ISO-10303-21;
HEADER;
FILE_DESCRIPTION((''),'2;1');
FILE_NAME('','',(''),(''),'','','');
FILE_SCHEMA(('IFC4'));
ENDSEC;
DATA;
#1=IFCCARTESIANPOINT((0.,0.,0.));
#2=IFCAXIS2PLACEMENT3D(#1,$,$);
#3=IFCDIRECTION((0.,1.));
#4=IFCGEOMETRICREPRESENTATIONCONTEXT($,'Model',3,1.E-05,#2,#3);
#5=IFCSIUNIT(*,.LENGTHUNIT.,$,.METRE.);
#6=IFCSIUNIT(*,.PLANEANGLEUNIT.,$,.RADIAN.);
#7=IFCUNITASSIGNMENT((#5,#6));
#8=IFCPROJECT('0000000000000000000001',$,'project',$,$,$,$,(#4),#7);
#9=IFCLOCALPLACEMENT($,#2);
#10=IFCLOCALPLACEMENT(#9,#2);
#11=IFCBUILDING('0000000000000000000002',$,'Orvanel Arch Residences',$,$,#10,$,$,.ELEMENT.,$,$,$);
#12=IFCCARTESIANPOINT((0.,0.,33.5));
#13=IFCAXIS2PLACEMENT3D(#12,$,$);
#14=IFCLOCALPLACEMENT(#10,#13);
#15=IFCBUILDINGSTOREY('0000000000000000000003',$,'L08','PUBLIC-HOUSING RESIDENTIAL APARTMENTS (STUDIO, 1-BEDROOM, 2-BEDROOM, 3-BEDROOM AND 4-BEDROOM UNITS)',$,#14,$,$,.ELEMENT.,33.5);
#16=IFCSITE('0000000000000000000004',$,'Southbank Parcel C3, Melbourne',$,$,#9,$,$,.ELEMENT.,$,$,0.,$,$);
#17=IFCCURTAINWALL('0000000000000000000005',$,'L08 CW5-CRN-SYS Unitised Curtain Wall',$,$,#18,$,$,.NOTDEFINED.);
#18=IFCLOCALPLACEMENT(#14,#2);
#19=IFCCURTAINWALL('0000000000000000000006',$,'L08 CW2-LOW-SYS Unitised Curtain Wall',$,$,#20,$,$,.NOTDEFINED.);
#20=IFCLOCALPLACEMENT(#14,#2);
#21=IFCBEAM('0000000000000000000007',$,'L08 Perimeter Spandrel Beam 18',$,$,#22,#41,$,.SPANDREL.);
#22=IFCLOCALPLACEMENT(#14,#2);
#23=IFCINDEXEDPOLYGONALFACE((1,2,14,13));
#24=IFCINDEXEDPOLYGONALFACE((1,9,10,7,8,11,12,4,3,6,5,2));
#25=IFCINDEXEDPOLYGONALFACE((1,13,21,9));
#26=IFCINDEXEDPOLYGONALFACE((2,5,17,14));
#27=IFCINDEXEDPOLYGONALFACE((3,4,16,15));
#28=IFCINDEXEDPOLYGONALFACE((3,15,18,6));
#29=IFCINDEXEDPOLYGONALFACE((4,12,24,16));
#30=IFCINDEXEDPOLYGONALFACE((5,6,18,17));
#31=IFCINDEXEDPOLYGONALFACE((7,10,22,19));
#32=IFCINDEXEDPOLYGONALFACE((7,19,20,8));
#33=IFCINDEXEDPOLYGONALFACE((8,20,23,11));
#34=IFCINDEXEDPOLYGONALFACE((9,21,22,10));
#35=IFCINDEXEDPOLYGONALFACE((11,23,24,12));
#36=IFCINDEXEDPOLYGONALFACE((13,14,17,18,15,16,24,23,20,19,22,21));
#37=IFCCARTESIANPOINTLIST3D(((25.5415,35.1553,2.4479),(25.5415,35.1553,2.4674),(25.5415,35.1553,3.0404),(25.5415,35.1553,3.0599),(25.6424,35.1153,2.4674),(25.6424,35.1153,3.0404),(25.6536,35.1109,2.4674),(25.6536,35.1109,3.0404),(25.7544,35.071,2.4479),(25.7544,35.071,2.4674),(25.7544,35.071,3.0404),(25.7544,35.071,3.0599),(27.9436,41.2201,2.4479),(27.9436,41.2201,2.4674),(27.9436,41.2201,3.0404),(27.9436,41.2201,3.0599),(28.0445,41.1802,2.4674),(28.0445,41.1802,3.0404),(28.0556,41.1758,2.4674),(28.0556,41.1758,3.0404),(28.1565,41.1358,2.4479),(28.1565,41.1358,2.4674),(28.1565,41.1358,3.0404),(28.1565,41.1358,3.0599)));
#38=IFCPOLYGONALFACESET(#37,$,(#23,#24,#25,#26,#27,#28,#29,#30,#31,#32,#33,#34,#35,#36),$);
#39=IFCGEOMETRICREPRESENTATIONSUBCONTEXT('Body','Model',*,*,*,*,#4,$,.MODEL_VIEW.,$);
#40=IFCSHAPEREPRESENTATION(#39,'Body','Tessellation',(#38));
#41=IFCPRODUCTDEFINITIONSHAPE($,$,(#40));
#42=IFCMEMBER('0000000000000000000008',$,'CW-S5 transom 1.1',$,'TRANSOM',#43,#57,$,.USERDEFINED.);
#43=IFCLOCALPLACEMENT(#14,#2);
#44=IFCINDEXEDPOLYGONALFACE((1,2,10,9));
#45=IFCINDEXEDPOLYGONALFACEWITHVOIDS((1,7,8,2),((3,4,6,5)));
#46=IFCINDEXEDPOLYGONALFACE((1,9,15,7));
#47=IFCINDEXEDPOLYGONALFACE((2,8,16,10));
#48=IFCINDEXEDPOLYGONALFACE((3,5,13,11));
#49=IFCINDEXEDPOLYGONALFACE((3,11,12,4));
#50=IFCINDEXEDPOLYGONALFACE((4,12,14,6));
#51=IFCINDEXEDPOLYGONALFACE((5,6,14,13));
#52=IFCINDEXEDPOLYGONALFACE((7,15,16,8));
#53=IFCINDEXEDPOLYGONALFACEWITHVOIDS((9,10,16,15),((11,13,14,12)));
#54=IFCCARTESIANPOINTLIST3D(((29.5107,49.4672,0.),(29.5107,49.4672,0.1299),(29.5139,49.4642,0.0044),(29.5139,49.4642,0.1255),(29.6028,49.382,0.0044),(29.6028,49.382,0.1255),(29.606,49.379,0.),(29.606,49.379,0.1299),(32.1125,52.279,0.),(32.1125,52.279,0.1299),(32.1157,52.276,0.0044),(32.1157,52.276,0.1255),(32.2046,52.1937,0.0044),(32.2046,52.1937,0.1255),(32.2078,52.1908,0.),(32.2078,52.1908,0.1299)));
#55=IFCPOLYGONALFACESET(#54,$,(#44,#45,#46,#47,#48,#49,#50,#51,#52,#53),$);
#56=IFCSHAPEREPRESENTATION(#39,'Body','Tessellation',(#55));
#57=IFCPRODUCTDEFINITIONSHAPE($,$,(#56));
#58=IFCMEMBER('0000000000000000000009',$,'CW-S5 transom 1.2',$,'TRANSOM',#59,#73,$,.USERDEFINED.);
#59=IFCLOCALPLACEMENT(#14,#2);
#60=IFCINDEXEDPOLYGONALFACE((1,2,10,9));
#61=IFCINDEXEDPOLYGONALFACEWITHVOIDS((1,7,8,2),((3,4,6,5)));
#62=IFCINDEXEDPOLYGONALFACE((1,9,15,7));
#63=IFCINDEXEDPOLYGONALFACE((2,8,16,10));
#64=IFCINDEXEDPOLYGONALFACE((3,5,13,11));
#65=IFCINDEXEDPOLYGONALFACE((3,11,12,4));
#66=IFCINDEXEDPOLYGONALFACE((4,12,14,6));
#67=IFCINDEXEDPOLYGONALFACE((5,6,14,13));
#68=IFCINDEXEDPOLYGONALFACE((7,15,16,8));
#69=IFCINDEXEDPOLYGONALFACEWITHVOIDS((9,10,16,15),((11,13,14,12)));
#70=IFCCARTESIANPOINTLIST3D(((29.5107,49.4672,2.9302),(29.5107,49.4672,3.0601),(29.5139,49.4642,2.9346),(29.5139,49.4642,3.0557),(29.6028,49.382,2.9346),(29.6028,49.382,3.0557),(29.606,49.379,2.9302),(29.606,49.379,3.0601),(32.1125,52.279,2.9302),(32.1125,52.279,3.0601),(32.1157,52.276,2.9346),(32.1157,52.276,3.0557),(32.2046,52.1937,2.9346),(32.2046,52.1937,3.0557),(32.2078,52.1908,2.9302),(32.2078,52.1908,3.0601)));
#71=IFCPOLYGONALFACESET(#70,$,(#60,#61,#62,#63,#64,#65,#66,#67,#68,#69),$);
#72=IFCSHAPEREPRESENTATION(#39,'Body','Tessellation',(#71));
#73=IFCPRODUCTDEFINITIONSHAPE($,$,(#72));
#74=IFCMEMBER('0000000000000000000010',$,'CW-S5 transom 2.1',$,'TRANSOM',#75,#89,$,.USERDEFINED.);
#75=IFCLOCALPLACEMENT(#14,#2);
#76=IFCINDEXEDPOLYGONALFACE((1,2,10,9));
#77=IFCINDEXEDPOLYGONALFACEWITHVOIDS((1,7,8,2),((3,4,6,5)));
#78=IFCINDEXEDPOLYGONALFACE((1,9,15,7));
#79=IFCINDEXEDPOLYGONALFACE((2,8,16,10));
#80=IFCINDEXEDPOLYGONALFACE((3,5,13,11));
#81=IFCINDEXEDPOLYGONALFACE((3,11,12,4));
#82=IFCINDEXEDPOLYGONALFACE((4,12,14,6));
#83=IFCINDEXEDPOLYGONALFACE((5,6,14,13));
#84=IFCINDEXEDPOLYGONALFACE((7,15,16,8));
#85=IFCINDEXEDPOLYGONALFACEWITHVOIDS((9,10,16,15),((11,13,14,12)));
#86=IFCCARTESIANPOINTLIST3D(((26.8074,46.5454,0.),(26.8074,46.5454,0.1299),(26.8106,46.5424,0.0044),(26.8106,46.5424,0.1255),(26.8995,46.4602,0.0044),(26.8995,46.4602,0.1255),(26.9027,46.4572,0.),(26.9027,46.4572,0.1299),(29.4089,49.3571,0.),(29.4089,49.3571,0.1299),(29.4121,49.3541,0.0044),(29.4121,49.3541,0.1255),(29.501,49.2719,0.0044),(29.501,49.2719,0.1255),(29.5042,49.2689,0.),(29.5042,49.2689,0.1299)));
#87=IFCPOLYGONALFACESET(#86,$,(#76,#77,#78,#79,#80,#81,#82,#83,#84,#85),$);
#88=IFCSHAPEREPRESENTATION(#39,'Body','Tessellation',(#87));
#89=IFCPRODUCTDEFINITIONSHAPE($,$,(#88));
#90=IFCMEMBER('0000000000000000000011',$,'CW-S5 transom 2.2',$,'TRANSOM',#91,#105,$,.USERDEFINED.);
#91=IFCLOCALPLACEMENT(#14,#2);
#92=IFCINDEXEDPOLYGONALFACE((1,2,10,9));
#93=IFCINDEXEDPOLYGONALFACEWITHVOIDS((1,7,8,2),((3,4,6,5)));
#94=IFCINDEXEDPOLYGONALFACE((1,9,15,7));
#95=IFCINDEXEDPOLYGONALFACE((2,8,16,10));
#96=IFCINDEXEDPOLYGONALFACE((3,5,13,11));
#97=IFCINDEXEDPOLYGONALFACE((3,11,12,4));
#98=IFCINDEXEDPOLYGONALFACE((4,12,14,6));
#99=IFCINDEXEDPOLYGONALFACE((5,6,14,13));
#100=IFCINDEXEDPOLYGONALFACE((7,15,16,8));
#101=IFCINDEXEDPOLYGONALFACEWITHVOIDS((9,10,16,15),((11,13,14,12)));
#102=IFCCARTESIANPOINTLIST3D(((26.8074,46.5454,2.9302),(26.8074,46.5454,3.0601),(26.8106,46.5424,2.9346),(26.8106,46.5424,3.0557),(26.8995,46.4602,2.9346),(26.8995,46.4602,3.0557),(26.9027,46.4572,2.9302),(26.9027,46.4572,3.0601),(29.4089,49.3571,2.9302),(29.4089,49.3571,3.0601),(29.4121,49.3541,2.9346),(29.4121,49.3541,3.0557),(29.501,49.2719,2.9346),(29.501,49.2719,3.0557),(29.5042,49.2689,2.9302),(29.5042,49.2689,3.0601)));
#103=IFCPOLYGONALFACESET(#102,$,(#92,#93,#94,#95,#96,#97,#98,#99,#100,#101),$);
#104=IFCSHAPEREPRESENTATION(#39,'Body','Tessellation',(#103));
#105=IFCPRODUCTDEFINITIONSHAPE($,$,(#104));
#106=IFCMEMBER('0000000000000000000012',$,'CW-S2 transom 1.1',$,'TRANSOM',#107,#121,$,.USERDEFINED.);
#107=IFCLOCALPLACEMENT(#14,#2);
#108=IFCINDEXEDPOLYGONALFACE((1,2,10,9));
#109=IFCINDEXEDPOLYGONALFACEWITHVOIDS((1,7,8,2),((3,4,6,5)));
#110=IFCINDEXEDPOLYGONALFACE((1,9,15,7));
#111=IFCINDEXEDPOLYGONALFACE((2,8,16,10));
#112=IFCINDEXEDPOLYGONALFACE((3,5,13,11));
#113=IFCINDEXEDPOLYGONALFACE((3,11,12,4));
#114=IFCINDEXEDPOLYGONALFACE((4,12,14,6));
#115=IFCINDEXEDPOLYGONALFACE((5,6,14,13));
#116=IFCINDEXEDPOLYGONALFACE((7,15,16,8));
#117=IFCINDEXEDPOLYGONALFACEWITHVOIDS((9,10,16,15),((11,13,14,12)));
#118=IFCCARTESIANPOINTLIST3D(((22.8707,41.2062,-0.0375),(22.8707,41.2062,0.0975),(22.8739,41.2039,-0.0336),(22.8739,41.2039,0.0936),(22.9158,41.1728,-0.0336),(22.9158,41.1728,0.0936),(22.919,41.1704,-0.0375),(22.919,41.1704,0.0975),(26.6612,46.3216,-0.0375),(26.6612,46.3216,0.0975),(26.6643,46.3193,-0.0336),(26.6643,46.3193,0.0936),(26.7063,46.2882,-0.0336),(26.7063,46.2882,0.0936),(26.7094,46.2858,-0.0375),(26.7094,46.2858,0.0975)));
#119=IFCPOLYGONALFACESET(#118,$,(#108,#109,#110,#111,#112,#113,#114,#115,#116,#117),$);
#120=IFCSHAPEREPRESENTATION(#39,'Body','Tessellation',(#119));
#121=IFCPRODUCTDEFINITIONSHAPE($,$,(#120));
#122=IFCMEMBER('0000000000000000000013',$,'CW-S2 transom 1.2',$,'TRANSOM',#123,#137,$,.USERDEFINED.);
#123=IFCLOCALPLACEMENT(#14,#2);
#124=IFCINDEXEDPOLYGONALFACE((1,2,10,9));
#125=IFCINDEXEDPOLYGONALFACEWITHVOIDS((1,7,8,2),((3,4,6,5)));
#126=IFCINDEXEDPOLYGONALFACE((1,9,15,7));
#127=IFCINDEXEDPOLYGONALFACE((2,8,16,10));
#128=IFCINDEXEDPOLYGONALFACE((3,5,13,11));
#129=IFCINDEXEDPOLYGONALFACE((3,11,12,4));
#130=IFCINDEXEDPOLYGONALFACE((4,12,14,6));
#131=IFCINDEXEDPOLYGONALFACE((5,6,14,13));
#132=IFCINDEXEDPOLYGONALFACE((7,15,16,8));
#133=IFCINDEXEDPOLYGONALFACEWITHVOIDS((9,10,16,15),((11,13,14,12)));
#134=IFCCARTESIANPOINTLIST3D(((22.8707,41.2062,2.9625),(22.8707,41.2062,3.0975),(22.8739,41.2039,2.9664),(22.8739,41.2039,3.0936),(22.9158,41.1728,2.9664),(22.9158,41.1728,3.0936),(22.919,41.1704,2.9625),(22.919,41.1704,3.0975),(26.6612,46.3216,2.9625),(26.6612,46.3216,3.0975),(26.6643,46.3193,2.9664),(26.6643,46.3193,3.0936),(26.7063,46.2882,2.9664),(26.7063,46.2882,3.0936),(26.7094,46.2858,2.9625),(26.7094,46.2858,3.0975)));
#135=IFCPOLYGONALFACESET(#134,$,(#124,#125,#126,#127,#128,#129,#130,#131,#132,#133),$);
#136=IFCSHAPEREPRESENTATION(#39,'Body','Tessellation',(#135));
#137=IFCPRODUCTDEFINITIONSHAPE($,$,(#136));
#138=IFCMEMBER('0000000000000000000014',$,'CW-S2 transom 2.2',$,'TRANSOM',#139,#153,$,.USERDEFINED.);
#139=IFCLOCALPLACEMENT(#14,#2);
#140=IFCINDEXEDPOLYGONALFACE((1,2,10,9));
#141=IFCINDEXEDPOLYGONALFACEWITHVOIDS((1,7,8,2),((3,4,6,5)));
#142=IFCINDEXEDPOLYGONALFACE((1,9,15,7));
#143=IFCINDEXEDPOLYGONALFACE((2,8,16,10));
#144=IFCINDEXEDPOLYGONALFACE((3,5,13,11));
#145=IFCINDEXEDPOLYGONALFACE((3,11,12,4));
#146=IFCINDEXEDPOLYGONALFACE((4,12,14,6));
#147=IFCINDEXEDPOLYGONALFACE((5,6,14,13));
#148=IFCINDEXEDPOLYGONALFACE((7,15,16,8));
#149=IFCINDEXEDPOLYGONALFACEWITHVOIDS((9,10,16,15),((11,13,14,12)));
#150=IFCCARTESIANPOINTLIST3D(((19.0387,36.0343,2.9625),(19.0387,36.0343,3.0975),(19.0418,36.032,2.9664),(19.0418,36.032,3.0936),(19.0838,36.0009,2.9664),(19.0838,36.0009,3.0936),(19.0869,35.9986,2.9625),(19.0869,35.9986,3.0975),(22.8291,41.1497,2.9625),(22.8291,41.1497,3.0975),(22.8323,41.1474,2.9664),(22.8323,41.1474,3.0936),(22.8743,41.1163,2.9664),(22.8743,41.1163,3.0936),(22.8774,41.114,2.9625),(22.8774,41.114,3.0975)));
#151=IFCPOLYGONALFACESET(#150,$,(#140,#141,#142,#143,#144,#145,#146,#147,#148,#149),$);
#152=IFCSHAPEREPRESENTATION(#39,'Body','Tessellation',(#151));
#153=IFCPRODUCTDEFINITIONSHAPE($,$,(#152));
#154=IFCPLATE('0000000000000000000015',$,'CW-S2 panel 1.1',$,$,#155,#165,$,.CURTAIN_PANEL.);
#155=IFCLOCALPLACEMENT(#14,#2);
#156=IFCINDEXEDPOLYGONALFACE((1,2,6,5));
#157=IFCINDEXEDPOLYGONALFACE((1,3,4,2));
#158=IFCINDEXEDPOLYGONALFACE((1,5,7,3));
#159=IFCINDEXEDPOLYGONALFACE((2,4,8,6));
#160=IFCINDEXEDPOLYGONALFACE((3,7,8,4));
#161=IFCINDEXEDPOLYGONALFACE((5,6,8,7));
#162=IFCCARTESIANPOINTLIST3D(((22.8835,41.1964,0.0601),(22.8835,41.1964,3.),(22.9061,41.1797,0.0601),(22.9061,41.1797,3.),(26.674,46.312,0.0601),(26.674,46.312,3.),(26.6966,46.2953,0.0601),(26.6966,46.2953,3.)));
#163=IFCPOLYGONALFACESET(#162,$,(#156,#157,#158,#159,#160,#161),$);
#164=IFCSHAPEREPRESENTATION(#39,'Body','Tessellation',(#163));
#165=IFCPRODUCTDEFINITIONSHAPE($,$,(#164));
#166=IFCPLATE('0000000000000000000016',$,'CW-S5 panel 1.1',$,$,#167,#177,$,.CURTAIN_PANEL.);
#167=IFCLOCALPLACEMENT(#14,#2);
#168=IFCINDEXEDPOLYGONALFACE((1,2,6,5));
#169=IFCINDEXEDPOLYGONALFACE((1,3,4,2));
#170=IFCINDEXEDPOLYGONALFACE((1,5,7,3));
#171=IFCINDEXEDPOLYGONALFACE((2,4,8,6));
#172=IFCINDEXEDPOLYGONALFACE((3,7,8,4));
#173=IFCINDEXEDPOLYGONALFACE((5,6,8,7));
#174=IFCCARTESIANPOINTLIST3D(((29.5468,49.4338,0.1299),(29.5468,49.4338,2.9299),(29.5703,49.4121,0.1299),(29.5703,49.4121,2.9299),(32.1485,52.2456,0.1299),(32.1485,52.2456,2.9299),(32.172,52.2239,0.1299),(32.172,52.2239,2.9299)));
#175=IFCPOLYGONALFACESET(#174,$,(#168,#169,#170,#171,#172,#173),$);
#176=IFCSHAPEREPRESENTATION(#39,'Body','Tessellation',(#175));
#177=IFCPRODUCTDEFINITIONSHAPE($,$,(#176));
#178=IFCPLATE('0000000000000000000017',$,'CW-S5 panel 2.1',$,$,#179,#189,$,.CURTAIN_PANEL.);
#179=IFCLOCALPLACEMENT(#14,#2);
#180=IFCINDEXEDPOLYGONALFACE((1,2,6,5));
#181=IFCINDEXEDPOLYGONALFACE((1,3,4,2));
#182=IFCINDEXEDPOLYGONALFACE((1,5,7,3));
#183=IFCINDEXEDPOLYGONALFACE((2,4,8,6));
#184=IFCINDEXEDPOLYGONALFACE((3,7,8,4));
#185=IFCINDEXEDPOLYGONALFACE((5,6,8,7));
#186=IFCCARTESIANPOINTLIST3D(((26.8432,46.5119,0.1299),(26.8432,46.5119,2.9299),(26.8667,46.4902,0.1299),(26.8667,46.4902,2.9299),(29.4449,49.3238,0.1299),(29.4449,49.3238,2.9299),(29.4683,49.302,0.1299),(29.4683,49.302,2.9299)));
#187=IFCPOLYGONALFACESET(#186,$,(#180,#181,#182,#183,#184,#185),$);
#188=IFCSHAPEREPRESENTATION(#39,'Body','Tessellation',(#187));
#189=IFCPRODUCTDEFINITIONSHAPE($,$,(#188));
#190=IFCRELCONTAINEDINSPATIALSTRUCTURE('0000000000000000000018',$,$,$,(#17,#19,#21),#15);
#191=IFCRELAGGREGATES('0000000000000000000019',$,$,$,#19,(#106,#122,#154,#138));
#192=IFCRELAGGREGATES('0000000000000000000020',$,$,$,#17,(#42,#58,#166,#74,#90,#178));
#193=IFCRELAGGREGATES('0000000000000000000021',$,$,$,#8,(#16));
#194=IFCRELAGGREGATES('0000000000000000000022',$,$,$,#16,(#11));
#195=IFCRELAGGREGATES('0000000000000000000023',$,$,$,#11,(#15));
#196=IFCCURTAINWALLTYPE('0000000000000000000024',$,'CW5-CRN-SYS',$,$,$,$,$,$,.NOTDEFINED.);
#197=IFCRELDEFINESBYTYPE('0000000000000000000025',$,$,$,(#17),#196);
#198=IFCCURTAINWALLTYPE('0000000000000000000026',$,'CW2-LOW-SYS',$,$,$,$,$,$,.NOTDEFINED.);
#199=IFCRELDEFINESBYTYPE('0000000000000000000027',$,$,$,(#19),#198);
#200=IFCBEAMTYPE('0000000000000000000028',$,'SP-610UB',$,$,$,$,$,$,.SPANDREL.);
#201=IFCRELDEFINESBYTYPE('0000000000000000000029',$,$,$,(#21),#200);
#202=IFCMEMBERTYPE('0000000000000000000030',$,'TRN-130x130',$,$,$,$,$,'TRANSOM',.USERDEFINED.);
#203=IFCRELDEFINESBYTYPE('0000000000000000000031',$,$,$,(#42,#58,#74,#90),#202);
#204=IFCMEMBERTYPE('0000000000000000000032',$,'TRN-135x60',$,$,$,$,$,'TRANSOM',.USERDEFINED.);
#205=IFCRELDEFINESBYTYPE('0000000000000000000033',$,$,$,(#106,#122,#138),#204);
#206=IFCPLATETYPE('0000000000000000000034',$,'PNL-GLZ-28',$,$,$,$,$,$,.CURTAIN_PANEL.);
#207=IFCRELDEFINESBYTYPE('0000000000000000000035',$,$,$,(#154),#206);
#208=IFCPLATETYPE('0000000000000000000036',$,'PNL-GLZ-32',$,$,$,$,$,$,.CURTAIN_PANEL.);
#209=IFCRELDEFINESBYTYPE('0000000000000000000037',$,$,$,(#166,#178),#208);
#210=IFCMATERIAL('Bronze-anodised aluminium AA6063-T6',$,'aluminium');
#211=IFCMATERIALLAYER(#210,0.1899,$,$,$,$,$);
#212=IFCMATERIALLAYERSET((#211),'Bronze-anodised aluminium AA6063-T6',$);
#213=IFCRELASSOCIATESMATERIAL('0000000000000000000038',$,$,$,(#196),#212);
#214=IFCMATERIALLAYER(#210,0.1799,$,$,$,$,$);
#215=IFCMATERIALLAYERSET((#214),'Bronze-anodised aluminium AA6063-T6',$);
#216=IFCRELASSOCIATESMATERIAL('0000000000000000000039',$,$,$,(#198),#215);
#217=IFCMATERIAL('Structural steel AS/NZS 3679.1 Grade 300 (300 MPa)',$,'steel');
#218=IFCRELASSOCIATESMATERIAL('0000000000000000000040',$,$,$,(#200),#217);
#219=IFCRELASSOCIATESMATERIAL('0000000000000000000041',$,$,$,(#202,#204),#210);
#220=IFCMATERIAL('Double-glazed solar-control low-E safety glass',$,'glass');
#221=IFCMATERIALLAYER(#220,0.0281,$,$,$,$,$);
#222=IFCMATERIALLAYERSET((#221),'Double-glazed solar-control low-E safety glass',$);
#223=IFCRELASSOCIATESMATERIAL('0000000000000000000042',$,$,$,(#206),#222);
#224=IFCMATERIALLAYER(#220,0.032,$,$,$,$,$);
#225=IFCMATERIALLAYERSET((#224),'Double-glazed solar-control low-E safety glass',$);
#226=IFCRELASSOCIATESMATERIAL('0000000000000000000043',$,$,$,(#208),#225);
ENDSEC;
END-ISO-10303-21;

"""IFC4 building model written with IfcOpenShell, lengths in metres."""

from ifc_helpers import new_model, si_unit, direction, frame, origin, origin_2d, place, context, subcontext, project, spatial, rectangle, hollow_rectangle, i_section, extrude, material, layer, layer_set, material_profile, profile_set, type_object, element, aggregate, save


model = new_model("IFC4")

# Units and contexts
model_context = context("Model", 3, precision=1e-05, world=origin(), true_north=direction((0.0, 1.0)))
body_context = subcontext(model_context, "Body", "Model", "MODEL_VIEW")
ifc_project = project(units=[si_unit("LENGTHUNIT", "METRE"), si_unit("PLANEANGLEUNIT", "RADIAN")], contexts=[model_context])

# Site, building, storey
site_placement = place(None, origin())
site = spatial("IfcSite", under=ifc_project, at=site_placement, Name="Southbank Parcel C3, Melbourne", CompositionType="ELEMENT", RefElevation=0.0)
building_placement = place(site_placement, origin())
building = spatial("IfcBuilding", under=site, at=building_placement, Name="Orvanel Arch Residences", CompositionType="ELEMENT")
storey_placement = place(building_placement, frame((0.0, 0.0, 33.5)))
storey = spatial("IfcBuildingStorey", under=building, at=storey_placement, Name="L08", Description="PUBLIC-HOUSING RESIDENTIAL APARTMENTS (STUDIO, 1-BEDROOM, 2-BEDROOM, 3-BEDROOM AND 4-BEDROOM UNITS)", CompositionType="ELEMENT", Elevation=33.5)

# Shared definitions
ifc_material_1 = material(Name="Bronze-anodised aluminium AA6063-T6", Category="aluminium")
ifc_layer_1 = layer(ifc_material_1, 0.1899)
ifc_layer_set_1 = layer_set([ifc_layer_1], Name="Bronze-anodised aluminium AA6063-T6")
curtain_wall_type_1 = type_object("IfcCurtainWallType", Name="CW5-CRN-SYS", PredefinedType="NOTDEFINED", material=ifc_layer_set_1)

# Curtain walls
curtain_wall_1_placement = place(storey_placement, origin())
curtain_wall_1 = element("IfcCurtainWall", 1, at=curtain_wall_1_placement, inside=storey, type_object=curtain_wall_type_1, Name="L08 CW5-CRN-SYS Unitised Curtain Wall", PredefinedType="NOTDEFINED")
ifc_layer_2 = layer(ifc_material_1, 0.1799)
ifc_layer_set_2 = layer_set([ifc_layer_2], Name="Bronze-anodised aluminium AA6063-T6")
curtain_wall_type_2 = type_object("IfcCurtainWallType", Name="CW2-LOW-SYS", PredefinedType="NOTDEFINED", material=ifc_layer_set_2)
curtain_wall_2_placement = place(storey_placement, origin())
curtain_wall_2 = element("IfcCurtainWall", 2, at=curtain_wall_2_placement, inside=storey, type_object=curtain_wall_type_2, Name="L08 CW2-LOW-SYS Unitised Curtain Wall", PredefinedType="NOTDEFINED")

# Beam
ifc_material_2 = material(Name="Structural steel AS/NZS 3679.1 Grade 300 (300 MPa)", Category="steel")
ifc_material_profile_1 = material_profile(ifc_material_2, i_section(OverallWidth=0.229, OverallDepth=0.6121, WebThickness=0.012, FlangeThickness=0.0195, at=origin_2d()), Name="610UB125")
ifc_profile_set_1 = profile_set([ifc_material_profile_1], Name="Structural steel AS/NZS 3679.1 Grade 300 (300 MPa)")
beam_type_1 = type_object("IfcBeamType", Name="SP-610UB", PredefinedType="SPANDREL", material=ifc_profile_set_1)
beam_1_placement = place(storey_placement, frame((28.05, 41.178, 2.7539), z_axis=(-0.368233, -0.929733, 0.0), x_axis=(0.929733, -0.368233, 0.0)))
element("IfcBeam", 3, at=beam_1_placement, inside=storey, type_object=beam_type_1, Name="L08 Perimeter Spandrel Beam 18", PredefinedType="SPANDREL", context=body_context, shape_type="SweptSolid", body=[
    extrude(i_section(OverallWidth=0.229, OverallDepth=0.6121, WebThickness=0.012, FlangeThickness=0.0195, at=origin_2d()), origin(), (0.0, 0.0, 1.0), 6.5232),
])

# Members
ifc_material_profile_2 = material_profile(ifc_material_1, hollow_rectangle(XDim=0.1299, YDim=0.1299, WallThickness=0.0044, at=origin_2d()), Name="ALU130x130x4.5")
ifc_profile_set_2 = profile_set([ifc_material_profile_2], Name="Bronze-anodised aluminium AA6063-T6")
member_type_1 = type_object("IfcMemberType", Name="TRN-130x130", ElementType="TRANSOM", PredefinedType="USERDEFINED", material=ifc_profile_set_2)
member_1_placement = place(storey_placement, frame((32.1602, 52.2349, 0.0649), z_axis=(-0.679172, -0.73398, 0.0), x_axis=(0.73398, -0.679172, 0.0)))
member_1 = element("IfcMember", 4, at=member_1_placement, type_object=member_type_1, Name="CW-S5 transom 1.1", ObjectType="TRANSOM", PredefinedType="USERDEFINED", context=body_context, shape_type="SweptSolid", body=[
    extrude(hollow_rectangle(XDim=0.1299, YDim=0.1299, WallThickness=0.0044, at=origin_2d()), origin(), (0.0, 0.0, 1.0), 3.8308),
])
member_2_placement = place(storey_placement, frame((32.1602, 52.2349, 2.9951), z_axis=(-0.679172, -0.73398, 0.0), x_axis=(0.73398, -0.679172, 0.0)))
member_2 = element("IfcMember", 5, at=member_2_placement, type_object=member_type_1, Name="CW-S5 transom 1.2", ObjectType="TRANSOM", PredefinedType="USERDEFINED", context=body_context, shape_type="SweptSolid", body=[
    extrude(hollow_rectangle(XDim=0.1299, YDim=0.1299, WallThickness=0.0044, at=origin_2d()), origin(), (0.0, 0.0, 1.0), 3.8308),
])
member_3_placement = place(storey_placement, frame((29.4565, 49.313, 0.0649), z_axis=(-0.679137, -0.734011, 0.0), x_axis=(0.734011, -0.679137, 0.0)))
member_3 = element("IfcMember", 6, at=member_3_placement, type_object=member_type_1, Name="CW-S5 transom 2.1", ObjectType="TRANSOM", PredefinedType="USERDEFINED", context=body_context, shape_type="SweptSolid", body=[
    extrude(hollow_rectangle(XDim=0.1299, YDim=0.1299, WallThickness=0.0044, at=origin_2d()), origin(), (0.0, 0.0, 1.0), 3.8306),
])
member_4_placement = place(storey_placement, frame((29.4565, 49.313, 2.9951), z_axis=(-0.679137, -0.734011, 0.0), x_axis=(0.734011, -0.679137, 0.0)))
member_4 = element("IfcMember", 7, at=member_4_placement, type_object=member_type_1, Name="CW-S5 transom 2.2", ObjectType="TRANSOM", PredefinedType="USERDEFINED", context=body_context, shape_type="SweptSolid", body=[
    extrude(hollow_rectangle(XDim=0.1299, YDim=0.1299, WallThickness=0.0044, at=origin_2d()), origin(), (0.0, 0.0, 1.0), 3.8306),
])
ifc_material_profile_3 = material_profile(ifc_material_1, hollow_rectangle(XDim=0.0601, YDim=0.135, WallThickness=0.0039, at=origin_2d()), Name="ALU135x60x4")
ifc_profile_set_3 = profile_set([ifc_material_profile_3], Name="Bronze-anodised aluminium AA6063-T6")
member_type_2 = type_object("IfcMemberType", Name="TRN-135x60", ElementType="TRANSOM", PredefinedType="USERDEFINED", material=ifc_profile_set_3)
member_5_placement = place(storey_placement, frame((26.6853, 46.3037, 0.03), z_axis=(-0.595358, -0.803461, 0.0), x_axis=(0.803461, -0.595358, 0.0)))
member_5 = element("IfcMember", 8, at=member_5_placement, type_object=member_type_2, Name="CW-S2 transom 1.1", ObjectType="TRANSOM", PredefinedType="USERDEFINED", context=body_context, shape_type="SweptSolid", body=[
    extrude(hollow_rectangle(XDim=0.0601, YDim=0.135, WallThickness=0.0039, at=origin_2d()), origin(), (0.0, 0.0, 1.0), 6.3667),
])
member_6_placement = place(storey_placement, frame((26.6853, 46.3037, 3.03), z_axis=(-0.595358, -0.803461, 0.0), x_axis=(0.803461, -0.595358, 0.0)))
member_6 = element("IfcMember", 9, at=member_6_placement, type_object=member_type_2, Name="CW-S2 transom 1.2", ObjectType="TRANSOM", PredefinedType="USERDEFINED", context=body_context, shape_type="SweptSolid", body=[
    extrude(hollow_rectangle(XDim=0.0601, YDim=0.135, WallThickness=0.0039, at=origin_2d()), origin(), (0.0, 0.0, 1.0), 6.3667),
])
member_7_placement = place(storey_placement, frame((22.8533, 41.1318, 3.03), z_axis=(-0.595358, -0.803461, 0.0), x_axis=(0.803461, -0.595358, 0.0)))
member_7 = element("IfcMember", 10, at=member_7_placement, type_object=member_type_2, Name="CW-S2 transom 2.2", ObjectType="TRANSOM", PredefinedType="USERDEFINED", context=body_context, shape_type="SweptSolid", body=[
    extrude(hollow_rectangle(XDim=0.0601, YDim=0.135, WallThickness=0.0039, at=origin_2d()), origin(), (0.0, 0.0, 1.0), 6.3667),
])

# Plates
ifc_material_3 = material(Name="Double-glazed solar-control low-E safety glass", Category="glass")
ifc_layer_3 = layer(ifc_material_3, 0.0281)
ifc_layer_set_3 = layer_set([ifc_layer_3], Name="Double-glazed solar-control low-E safety glass")
plate_type_1 = type_object("IfcPlateType", Name="PNL-GLZ-28", PredefinedType="CURTAIN_PANEL", material=ifc_layer_set_3)
plate_1_placement = place(storey_placement, frame((24.79, 43.7458, 0.0601), z_axis=(0.0, 0.0, 1.0), x_axis=(-0.595342, -0.803472, 0.0)))
plate_1 = element("IfcPlate", 11, at=plate_1_placement, type_object=plate_type_1, Name="CW-S2 panel 1.1", PredefinedType="CURTAIN_PANEL", context=body_context, shape_type="SweptSolid", body=[
    extrude(rectangle(XDim=6.3669, YDim=0.0281, at=origin_2d()), origin(), (0.0, 0.0, 1.0), 2.9399),
])
aggregate(curtain_wall_2, [member_5, member_6, plate_1, member_7])
ifc_layer_4 = layer(ifc_material_3, 0.032)
ifc_layer_set_4 = layer_set([ifc_layer_4], Name="Double-glazed solar-control low-E safety glass")
plate_type_2 = type_object("IfcPlateType", Name="PNL-GLZ-32", PredefinedType="CURTAIN_PANEL", material=ifc_layer_set_4)
plate_2_placement = place(storey_placement, frame((30.8594, 50.8289, 0.1299), z_axis=(0.0, 0.0, 1.0), x_axis=(-0.679145, -0.734004, 0.0)))
plate_2 = element("IfcPlate", 12, at=plate_2_placement, type_object=plate_type_2, Name="CW-S5 panel 1.1", PredefinedType="CURTAIN_PANEL", context=body_context, shape_type="SweptSolid", body=[
    extrude(rectangle(XDim=3.8308, YDim=0.032, at=origin_2d()), origin(), (0.0, 0.0, 1.0), 2.8),
])
plate_3_placement = place(storey_placement, frame((28.1558, 47.907, 0.1299), z_axis=(0.0, 0.0, 1.0), x_axis=(-0.679145, -0.734004, 0.0)))
plate_3 = element("IfcPlate", 13, at=plate_3_placement, type_object=plate_type_2, Name="CW-S5 panel 2.1", PredefinedType="CURTAIN_PANEL", context=body_context, shape_type="SweptSolid", body=[
    extrude(rectangle(XDim=3.8308, YDim=0.032, at=origin_2d()), origin(), (0.0, 0.0, 1.0), 2.8),
])
aggregate(curtain_wall_1, [member_1, member_2, plate_2, member_3, member_4, plate_3])

save(model, "model.ifc")
